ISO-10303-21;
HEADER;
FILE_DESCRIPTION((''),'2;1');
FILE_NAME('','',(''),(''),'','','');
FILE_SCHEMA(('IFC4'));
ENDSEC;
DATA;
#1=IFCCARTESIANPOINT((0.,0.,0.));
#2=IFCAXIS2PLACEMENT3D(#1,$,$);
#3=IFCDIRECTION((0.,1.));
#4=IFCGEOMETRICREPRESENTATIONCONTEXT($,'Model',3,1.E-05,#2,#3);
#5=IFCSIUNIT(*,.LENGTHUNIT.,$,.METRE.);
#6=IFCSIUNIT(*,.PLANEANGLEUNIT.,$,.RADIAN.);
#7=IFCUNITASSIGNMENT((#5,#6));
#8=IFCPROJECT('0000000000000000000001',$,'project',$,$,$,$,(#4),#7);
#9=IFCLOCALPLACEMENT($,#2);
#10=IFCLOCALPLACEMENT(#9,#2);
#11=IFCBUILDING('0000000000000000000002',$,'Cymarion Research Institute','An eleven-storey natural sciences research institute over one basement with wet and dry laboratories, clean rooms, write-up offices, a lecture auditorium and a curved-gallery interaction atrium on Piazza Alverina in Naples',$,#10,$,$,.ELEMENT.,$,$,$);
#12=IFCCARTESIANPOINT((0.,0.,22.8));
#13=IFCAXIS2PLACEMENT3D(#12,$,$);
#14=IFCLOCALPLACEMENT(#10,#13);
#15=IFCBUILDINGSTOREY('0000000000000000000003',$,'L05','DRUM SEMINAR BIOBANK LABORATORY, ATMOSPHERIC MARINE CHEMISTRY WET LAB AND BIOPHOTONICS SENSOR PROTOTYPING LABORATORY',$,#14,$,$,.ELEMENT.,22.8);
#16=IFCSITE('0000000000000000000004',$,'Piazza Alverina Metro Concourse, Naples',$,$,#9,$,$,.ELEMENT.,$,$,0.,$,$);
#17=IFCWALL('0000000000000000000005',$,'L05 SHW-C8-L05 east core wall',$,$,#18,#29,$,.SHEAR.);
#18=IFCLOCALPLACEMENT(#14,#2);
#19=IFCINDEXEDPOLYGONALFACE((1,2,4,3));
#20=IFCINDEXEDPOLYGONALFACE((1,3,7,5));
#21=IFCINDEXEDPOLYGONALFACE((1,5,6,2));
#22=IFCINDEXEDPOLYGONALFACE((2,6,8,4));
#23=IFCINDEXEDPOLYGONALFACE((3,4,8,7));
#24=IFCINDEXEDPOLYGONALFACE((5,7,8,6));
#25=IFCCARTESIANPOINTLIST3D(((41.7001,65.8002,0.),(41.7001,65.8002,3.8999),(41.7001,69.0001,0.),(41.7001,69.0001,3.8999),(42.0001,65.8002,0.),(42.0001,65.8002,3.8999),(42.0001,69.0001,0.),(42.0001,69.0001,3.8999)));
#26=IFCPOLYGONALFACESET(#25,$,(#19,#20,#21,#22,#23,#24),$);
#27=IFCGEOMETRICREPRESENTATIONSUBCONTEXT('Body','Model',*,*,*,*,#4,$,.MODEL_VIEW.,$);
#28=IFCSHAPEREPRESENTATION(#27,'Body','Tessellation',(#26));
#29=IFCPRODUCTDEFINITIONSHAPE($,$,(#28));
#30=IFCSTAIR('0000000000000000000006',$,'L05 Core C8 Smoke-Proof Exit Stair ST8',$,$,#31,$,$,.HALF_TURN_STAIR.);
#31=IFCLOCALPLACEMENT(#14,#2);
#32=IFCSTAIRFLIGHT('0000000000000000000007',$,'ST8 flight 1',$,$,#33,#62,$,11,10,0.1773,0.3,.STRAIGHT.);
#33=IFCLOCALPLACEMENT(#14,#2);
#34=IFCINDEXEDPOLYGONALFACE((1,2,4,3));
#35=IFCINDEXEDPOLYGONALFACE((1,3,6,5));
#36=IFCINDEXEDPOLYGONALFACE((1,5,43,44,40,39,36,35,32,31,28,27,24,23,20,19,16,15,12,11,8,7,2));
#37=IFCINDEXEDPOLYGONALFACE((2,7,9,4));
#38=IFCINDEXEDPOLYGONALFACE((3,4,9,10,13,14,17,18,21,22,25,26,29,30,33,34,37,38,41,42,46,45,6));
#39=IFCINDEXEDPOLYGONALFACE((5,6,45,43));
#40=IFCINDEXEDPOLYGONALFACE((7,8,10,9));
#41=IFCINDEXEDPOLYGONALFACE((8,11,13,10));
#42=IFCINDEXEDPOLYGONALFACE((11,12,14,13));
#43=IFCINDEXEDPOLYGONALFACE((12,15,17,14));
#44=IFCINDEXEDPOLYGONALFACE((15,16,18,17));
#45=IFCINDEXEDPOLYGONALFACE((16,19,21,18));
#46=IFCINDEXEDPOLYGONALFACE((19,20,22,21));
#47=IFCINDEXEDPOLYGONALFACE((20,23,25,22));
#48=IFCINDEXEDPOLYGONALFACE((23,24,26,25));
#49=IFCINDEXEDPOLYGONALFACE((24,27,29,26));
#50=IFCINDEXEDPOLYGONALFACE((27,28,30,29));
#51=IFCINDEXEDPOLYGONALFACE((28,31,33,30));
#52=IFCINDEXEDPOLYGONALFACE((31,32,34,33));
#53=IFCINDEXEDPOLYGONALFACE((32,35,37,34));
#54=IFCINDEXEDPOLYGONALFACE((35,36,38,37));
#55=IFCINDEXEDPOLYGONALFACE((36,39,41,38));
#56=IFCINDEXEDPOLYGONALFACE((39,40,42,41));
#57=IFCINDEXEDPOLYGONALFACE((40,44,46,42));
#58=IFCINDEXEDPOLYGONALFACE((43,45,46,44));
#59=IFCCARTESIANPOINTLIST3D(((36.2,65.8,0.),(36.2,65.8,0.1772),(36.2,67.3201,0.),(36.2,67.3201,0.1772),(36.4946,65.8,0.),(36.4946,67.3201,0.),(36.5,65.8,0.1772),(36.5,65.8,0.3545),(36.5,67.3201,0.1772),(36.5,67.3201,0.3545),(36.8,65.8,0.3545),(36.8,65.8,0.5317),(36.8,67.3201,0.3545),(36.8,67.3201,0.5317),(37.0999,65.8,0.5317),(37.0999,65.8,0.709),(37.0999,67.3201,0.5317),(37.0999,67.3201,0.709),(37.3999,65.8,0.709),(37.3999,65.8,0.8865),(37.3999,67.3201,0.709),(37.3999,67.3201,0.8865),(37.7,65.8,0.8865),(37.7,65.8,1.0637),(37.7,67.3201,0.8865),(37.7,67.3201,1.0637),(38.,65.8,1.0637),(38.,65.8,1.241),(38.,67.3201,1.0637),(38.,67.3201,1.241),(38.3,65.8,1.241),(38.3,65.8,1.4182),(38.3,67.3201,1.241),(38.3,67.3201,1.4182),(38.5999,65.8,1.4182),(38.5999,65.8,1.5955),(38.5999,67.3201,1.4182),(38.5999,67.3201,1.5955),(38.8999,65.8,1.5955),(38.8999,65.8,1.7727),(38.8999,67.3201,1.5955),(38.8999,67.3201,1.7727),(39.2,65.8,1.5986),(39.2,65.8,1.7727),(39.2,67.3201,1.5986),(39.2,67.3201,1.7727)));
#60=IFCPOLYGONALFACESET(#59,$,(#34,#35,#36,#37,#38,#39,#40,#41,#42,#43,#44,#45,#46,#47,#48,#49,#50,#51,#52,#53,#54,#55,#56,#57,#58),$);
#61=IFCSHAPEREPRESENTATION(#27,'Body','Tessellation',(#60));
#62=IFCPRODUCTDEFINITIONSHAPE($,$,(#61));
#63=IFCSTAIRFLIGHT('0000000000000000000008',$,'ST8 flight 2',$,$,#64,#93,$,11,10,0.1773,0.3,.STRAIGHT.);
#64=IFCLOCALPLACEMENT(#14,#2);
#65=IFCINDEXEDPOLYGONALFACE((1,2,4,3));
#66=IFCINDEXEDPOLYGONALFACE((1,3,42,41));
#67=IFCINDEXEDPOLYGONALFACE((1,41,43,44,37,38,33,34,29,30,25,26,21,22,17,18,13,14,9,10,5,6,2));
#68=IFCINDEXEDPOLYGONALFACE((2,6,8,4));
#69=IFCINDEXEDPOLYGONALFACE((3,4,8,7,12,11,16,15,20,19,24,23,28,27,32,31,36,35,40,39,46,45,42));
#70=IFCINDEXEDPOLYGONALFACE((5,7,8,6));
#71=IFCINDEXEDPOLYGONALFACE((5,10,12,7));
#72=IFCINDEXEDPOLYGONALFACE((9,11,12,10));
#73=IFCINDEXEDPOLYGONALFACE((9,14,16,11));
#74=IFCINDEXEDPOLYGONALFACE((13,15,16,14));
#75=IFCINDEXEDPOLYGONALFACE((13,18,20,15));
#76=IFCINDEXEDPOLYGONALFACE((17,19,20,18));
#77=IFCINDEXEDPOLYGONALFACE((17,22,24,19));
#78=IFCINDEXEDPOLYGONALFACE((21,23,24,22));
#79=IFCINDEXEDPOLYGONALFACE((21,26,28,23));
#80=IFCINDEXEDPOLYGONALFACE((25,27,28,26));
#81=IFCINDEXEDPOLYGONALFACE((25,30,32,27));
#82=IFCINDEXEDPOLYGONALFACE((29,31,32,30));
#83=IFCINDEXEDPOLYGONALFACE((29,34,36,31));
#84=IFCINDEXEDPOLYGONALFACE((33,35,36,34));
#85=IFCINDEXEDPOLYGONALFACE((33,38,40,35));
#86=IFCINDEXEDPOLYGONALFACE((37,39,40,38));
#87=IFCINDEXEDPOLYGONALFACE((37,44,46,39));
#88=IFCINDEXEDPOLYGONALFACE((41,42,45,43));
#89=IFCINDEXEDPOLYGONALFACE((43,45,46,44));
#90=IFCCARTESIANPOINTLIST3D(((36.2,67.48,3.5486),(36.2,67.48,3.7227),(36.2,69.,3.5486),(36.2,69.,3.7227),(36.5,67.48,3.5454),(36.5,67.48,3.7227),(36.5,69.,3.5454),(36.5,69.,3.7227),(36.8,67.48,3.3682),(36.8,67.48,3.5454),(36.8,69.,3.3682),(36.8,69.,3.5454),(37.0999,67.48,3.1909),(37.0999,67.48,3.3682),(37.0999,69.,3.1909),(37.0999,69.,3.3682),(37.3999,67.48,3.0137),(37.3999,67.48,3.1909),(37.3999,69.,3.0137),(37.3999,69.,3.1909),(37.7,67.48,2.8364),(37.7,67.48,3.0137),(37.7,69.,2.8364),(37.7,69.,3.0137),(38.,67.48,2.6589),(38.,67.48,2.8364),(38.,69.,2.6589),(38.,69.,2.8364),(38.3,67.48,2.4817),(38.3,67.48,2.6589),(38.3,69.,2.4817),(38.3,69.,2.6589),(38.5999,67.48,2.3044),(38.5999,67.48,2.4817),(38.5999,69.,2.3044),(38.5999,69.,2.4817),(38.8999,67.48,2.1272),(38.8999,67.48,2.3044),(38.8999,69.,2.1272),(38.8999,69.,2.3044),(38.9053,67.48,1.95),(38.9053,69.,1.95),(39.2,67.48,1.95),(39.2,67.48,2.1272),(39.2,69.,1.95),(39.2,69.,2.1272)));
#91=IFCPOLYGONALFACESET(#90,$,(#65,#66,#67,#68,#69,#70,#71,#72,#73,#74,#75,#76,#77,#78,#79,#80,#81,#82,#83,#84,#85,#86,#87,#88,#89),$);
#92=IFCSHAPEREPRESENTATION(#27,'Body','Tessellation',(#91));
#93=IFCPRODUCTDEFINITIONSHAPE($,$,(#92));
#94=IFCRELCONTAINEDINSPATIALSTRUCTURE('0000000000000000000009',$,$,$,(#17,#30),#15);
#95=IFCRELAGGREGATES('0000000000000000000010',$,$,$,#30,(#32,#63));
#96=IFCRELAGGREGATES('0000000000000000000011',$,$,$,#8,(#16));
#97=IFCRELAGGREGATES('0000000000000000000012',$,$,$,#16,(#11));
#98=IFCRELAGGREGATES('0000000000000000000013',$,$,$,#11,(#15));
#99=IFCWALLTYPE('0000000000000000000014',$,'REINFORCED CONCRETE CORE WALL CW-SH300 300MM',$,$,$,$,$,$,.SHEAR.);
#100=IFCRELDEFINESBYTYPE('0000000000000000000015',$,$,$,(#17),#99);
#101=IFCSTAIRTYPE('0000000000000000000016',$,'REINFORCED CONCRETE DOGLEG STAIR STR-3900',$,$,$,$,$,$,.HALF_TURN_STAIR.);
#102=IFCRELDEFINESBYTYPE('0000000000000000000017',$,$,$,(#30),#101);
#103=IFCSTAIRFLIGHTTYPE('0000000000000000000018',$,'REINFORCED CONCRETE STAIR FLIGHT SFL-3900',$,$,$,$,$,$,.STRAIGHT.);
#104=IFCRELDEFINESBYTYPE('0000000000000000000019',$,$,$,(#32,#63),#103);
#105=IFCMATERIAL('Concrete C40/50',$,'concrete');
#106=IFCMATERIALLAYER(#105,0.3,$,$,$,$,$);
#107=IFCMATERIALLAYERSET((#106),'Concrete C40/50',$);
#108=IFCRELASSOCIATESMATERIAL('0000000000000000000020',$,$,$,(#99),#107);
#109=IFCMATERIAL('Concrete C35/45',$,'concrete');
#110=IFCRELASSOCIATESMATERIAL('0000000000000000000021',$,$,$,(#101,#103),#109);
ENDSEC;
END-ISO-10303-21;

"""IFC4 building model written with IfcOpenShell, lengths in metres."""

from ifc_helpers import new_model, si_unit, direction, frame, frame_2d, origin, place, context, subcontext, project, spatial, polyline, rectangle, outline, extrude, material, layer, layer_set, type_object, element, aggregate, save


model = new_model("IFC4")

# Units and contexts
model_context = context("Model", 3, precision=1e-05, world=origin(), true_north=direction((0.0, 1.0)))
body_context = subcontext(model_context, "Body", "Model", "MODEL_VIEW")
ifc_project = project(units=[si_unit("LENGTHUNIT", "METRE"), si_unit("PLANEANGLEUNIT", "RADIAN")], contexts=[model_context])

# Site, building, storey
site_placement = place(None, origin())
site = spatial("IfcSite", under=ifc_project, at=site_placement, Name="Piazza Alverina Metro Concourse, Naples", CompositionType="ELEMENT", RefElevation=0.0)
building_placement = place(site_placement, origin())
building = spatial("IfcBuilding", under=site, at=building_placement, Name="Cymarion Research Institute", Description="An eleven-storey natural sciences research institute over one basement with wet and dry laboratories, clean rooms, write-up offices, a lecture auditorium and a curved-gallery interaction atrium on Piazza Alverina in Naples", CompositionType="ELEMENT")
storey_placement = place(building_placement, frame((0.0, 0.0, 22.8)))
storey = spatial("IfcBuildingStorey", under=building, at=storey_placement, Name="L05", Description="DRUM SEMINAR BIOBANK LABORATORY, ATMOSPHERIC MARINE CHEMISTRY WET LAB AND BIOPHOTONICS SENSOR PROTOTYPING LABORATORY", CompositionType="ELEMENT", Elevation=22.8)

# Wall
ifc_material_1 = material(Name="Concrete C40/50", Category="concrete")
ifc_layer_1 = layer(ifc_material_1, 0.3)
ifc_layer_set_1 = layer_set([ifc_layer_1], Name="Concrete C40/50")
wall_type_1 = type_object("IfcWallType", Name="REINFORCED CONCRETE CORE WALL CW-SH300 300MM", PredefinedType="SHEAR", material=ifc_layer_set_1)
wall_1_placement = place(storey_placement, frame((41.8501, 65.8, 0.0), z_axis=(0.0, 0.0, 1.0), x_axis=(0.0, 1.0, 0.0)))
element("IfcWall", 1, at=wall_1_placement, inside=storey, type_object=wall_type_1, Name="L05 SHW-C8-L05 east core wall", PredefinedType="SHEAR", context=body_context, shape_type="SweptSolid", body=[
    extrude(rectangle(XDim=3.2, YDim=0.3, at=frame_2d((1.6001, 0.0))), origin(), (0.0, 0.0, 1.0), 3.8999),
])

# Stair, stair flights
ifc_material_2 = material(Name="Concrete C35/45", Category="concrete")
stair_type = type_object("IfcStairType", Name="REINFORCED CONCRETE DOGLEG STAIR STR-3900", PredefinedType="HALF_TURN_STAIR", material=ifc_material_2)
stair_placement = place(storey_placement, origin())
stair = element("IfcStair", 2, at=stair_placement, inside=storey, type_object=stair_type, Name="L05 Core C8 Smoke-Proof Exit Stair ST8", PredefinedType="HALF_TURN_STAIR")
stair_flight_type = type_object("IfcStairFlightType", Name="REINFORCED CONCRETE STAIR FLIGHT SFL-3900", PredefinedType="STRAIGHT", material=ifc_material_2)
stair_flight_1_placement = place(storey_placement, frame((36.2, 66.5601, 0.0), z_axis=(0.0, 0.0, 1.0), x_axis=(1.0, 0.0, 0.0)))
stair_flight_1 = element("IfcStairFlight", 3, at=stair_flight_1_placement, type_object=stair_flight_type, Name="ST8 flight 1", NumberOfRisers=11, NumberOfTreads=10, PredefinedType="STRAIGHT", RiserHeight=0.1773, TreadLength=0.3, context=body_context, shape_type="SweptSolid", body=[
    extrude(outline(polyline([(0.0, 0.0), (0.0, 0.1772), (0.3, 0.1772), (0.3, 0.3545), (0.6001, 0.3545), (0.6001, 0.5317), (0.8999, 0.5317), (0.8999, 0.709), (1.2, 0.709), (1.2, 0.8865), (1.5, 0.8865), (1.5, 1.0637), (1.8, 1.0637), (1.8, 1.241), (2.1001, 1.241), (2.1001, 1.4182), (2.3999, 1.4182), (2.3999, 1.5955), (2.7, 1.5955), (2.7, 1.7727), (3.0, 1.7727), (3.0, 1.95), (3.0, 1.5986), (0.2947, 0.0), (0.0, 0.0)])), frame((0.0, 0.76, 0.0), z_axis=(0.0, -1.0, 0.0), x_axis=(1.0, 0.0, 0.0)), (0.0, 0.0, 1.0), 1.52),
])
stair_flight_2_placement = place(storey_placement, frame((39.2, 68.24, 1.95), z_axis=(0.0, 0.0, 1.0), x_axis=(-1.0, 0.0, 0.0)))
stair_flight_2 = element("IfcStairFlight", 4, at=stair_flight_2_placement, type_object=stair_flight_type, Name="ST8 flight 2", NumberOfRisers=11, NumberOfTreads=10, PredefinedType="STRAIGHT", RiserHeight=0.1773, TreadLength=0.3, context=body_context, shape_type="SweptSolid", body=[
    extrude(outline(polyline([(0.0, 0.0), (0.0, 0.1772), (0.3, 0.1772), (0.3, 0.3545), (0.6001, 0.3545), (0.6001, 0.5317), (0.8999, 0.5317), (0.8999, 0.709), (1.2, 0.709), (1.2, 0.8865), (1.5, 0.8865), (1.5, 1.0637), (1.8, 1.0637), (1.8, 1.241), (2.1001, 1.241), (2.1001, 1.4182), (2.3999, 1.4182), (2.3999, 1.5955), (2.7, 1.5955), (2.7, 1.7727), (3.0, 1.7727), (3.0, 1.95), (3.0, 1.5986), (0.2947, 0.0), (0.0, 0.0)])), frame((0.0, 0.76, 0.0), z_axis=(0.0, -1.0, 0.0), x_axis=(1.0, 0.0, 0.0)), (0.0, 0.0, 1.0), 1.52),
])
aggregate(stair, [stair_flight_1, stair_flight_2])

save(model, "model.ifc")
